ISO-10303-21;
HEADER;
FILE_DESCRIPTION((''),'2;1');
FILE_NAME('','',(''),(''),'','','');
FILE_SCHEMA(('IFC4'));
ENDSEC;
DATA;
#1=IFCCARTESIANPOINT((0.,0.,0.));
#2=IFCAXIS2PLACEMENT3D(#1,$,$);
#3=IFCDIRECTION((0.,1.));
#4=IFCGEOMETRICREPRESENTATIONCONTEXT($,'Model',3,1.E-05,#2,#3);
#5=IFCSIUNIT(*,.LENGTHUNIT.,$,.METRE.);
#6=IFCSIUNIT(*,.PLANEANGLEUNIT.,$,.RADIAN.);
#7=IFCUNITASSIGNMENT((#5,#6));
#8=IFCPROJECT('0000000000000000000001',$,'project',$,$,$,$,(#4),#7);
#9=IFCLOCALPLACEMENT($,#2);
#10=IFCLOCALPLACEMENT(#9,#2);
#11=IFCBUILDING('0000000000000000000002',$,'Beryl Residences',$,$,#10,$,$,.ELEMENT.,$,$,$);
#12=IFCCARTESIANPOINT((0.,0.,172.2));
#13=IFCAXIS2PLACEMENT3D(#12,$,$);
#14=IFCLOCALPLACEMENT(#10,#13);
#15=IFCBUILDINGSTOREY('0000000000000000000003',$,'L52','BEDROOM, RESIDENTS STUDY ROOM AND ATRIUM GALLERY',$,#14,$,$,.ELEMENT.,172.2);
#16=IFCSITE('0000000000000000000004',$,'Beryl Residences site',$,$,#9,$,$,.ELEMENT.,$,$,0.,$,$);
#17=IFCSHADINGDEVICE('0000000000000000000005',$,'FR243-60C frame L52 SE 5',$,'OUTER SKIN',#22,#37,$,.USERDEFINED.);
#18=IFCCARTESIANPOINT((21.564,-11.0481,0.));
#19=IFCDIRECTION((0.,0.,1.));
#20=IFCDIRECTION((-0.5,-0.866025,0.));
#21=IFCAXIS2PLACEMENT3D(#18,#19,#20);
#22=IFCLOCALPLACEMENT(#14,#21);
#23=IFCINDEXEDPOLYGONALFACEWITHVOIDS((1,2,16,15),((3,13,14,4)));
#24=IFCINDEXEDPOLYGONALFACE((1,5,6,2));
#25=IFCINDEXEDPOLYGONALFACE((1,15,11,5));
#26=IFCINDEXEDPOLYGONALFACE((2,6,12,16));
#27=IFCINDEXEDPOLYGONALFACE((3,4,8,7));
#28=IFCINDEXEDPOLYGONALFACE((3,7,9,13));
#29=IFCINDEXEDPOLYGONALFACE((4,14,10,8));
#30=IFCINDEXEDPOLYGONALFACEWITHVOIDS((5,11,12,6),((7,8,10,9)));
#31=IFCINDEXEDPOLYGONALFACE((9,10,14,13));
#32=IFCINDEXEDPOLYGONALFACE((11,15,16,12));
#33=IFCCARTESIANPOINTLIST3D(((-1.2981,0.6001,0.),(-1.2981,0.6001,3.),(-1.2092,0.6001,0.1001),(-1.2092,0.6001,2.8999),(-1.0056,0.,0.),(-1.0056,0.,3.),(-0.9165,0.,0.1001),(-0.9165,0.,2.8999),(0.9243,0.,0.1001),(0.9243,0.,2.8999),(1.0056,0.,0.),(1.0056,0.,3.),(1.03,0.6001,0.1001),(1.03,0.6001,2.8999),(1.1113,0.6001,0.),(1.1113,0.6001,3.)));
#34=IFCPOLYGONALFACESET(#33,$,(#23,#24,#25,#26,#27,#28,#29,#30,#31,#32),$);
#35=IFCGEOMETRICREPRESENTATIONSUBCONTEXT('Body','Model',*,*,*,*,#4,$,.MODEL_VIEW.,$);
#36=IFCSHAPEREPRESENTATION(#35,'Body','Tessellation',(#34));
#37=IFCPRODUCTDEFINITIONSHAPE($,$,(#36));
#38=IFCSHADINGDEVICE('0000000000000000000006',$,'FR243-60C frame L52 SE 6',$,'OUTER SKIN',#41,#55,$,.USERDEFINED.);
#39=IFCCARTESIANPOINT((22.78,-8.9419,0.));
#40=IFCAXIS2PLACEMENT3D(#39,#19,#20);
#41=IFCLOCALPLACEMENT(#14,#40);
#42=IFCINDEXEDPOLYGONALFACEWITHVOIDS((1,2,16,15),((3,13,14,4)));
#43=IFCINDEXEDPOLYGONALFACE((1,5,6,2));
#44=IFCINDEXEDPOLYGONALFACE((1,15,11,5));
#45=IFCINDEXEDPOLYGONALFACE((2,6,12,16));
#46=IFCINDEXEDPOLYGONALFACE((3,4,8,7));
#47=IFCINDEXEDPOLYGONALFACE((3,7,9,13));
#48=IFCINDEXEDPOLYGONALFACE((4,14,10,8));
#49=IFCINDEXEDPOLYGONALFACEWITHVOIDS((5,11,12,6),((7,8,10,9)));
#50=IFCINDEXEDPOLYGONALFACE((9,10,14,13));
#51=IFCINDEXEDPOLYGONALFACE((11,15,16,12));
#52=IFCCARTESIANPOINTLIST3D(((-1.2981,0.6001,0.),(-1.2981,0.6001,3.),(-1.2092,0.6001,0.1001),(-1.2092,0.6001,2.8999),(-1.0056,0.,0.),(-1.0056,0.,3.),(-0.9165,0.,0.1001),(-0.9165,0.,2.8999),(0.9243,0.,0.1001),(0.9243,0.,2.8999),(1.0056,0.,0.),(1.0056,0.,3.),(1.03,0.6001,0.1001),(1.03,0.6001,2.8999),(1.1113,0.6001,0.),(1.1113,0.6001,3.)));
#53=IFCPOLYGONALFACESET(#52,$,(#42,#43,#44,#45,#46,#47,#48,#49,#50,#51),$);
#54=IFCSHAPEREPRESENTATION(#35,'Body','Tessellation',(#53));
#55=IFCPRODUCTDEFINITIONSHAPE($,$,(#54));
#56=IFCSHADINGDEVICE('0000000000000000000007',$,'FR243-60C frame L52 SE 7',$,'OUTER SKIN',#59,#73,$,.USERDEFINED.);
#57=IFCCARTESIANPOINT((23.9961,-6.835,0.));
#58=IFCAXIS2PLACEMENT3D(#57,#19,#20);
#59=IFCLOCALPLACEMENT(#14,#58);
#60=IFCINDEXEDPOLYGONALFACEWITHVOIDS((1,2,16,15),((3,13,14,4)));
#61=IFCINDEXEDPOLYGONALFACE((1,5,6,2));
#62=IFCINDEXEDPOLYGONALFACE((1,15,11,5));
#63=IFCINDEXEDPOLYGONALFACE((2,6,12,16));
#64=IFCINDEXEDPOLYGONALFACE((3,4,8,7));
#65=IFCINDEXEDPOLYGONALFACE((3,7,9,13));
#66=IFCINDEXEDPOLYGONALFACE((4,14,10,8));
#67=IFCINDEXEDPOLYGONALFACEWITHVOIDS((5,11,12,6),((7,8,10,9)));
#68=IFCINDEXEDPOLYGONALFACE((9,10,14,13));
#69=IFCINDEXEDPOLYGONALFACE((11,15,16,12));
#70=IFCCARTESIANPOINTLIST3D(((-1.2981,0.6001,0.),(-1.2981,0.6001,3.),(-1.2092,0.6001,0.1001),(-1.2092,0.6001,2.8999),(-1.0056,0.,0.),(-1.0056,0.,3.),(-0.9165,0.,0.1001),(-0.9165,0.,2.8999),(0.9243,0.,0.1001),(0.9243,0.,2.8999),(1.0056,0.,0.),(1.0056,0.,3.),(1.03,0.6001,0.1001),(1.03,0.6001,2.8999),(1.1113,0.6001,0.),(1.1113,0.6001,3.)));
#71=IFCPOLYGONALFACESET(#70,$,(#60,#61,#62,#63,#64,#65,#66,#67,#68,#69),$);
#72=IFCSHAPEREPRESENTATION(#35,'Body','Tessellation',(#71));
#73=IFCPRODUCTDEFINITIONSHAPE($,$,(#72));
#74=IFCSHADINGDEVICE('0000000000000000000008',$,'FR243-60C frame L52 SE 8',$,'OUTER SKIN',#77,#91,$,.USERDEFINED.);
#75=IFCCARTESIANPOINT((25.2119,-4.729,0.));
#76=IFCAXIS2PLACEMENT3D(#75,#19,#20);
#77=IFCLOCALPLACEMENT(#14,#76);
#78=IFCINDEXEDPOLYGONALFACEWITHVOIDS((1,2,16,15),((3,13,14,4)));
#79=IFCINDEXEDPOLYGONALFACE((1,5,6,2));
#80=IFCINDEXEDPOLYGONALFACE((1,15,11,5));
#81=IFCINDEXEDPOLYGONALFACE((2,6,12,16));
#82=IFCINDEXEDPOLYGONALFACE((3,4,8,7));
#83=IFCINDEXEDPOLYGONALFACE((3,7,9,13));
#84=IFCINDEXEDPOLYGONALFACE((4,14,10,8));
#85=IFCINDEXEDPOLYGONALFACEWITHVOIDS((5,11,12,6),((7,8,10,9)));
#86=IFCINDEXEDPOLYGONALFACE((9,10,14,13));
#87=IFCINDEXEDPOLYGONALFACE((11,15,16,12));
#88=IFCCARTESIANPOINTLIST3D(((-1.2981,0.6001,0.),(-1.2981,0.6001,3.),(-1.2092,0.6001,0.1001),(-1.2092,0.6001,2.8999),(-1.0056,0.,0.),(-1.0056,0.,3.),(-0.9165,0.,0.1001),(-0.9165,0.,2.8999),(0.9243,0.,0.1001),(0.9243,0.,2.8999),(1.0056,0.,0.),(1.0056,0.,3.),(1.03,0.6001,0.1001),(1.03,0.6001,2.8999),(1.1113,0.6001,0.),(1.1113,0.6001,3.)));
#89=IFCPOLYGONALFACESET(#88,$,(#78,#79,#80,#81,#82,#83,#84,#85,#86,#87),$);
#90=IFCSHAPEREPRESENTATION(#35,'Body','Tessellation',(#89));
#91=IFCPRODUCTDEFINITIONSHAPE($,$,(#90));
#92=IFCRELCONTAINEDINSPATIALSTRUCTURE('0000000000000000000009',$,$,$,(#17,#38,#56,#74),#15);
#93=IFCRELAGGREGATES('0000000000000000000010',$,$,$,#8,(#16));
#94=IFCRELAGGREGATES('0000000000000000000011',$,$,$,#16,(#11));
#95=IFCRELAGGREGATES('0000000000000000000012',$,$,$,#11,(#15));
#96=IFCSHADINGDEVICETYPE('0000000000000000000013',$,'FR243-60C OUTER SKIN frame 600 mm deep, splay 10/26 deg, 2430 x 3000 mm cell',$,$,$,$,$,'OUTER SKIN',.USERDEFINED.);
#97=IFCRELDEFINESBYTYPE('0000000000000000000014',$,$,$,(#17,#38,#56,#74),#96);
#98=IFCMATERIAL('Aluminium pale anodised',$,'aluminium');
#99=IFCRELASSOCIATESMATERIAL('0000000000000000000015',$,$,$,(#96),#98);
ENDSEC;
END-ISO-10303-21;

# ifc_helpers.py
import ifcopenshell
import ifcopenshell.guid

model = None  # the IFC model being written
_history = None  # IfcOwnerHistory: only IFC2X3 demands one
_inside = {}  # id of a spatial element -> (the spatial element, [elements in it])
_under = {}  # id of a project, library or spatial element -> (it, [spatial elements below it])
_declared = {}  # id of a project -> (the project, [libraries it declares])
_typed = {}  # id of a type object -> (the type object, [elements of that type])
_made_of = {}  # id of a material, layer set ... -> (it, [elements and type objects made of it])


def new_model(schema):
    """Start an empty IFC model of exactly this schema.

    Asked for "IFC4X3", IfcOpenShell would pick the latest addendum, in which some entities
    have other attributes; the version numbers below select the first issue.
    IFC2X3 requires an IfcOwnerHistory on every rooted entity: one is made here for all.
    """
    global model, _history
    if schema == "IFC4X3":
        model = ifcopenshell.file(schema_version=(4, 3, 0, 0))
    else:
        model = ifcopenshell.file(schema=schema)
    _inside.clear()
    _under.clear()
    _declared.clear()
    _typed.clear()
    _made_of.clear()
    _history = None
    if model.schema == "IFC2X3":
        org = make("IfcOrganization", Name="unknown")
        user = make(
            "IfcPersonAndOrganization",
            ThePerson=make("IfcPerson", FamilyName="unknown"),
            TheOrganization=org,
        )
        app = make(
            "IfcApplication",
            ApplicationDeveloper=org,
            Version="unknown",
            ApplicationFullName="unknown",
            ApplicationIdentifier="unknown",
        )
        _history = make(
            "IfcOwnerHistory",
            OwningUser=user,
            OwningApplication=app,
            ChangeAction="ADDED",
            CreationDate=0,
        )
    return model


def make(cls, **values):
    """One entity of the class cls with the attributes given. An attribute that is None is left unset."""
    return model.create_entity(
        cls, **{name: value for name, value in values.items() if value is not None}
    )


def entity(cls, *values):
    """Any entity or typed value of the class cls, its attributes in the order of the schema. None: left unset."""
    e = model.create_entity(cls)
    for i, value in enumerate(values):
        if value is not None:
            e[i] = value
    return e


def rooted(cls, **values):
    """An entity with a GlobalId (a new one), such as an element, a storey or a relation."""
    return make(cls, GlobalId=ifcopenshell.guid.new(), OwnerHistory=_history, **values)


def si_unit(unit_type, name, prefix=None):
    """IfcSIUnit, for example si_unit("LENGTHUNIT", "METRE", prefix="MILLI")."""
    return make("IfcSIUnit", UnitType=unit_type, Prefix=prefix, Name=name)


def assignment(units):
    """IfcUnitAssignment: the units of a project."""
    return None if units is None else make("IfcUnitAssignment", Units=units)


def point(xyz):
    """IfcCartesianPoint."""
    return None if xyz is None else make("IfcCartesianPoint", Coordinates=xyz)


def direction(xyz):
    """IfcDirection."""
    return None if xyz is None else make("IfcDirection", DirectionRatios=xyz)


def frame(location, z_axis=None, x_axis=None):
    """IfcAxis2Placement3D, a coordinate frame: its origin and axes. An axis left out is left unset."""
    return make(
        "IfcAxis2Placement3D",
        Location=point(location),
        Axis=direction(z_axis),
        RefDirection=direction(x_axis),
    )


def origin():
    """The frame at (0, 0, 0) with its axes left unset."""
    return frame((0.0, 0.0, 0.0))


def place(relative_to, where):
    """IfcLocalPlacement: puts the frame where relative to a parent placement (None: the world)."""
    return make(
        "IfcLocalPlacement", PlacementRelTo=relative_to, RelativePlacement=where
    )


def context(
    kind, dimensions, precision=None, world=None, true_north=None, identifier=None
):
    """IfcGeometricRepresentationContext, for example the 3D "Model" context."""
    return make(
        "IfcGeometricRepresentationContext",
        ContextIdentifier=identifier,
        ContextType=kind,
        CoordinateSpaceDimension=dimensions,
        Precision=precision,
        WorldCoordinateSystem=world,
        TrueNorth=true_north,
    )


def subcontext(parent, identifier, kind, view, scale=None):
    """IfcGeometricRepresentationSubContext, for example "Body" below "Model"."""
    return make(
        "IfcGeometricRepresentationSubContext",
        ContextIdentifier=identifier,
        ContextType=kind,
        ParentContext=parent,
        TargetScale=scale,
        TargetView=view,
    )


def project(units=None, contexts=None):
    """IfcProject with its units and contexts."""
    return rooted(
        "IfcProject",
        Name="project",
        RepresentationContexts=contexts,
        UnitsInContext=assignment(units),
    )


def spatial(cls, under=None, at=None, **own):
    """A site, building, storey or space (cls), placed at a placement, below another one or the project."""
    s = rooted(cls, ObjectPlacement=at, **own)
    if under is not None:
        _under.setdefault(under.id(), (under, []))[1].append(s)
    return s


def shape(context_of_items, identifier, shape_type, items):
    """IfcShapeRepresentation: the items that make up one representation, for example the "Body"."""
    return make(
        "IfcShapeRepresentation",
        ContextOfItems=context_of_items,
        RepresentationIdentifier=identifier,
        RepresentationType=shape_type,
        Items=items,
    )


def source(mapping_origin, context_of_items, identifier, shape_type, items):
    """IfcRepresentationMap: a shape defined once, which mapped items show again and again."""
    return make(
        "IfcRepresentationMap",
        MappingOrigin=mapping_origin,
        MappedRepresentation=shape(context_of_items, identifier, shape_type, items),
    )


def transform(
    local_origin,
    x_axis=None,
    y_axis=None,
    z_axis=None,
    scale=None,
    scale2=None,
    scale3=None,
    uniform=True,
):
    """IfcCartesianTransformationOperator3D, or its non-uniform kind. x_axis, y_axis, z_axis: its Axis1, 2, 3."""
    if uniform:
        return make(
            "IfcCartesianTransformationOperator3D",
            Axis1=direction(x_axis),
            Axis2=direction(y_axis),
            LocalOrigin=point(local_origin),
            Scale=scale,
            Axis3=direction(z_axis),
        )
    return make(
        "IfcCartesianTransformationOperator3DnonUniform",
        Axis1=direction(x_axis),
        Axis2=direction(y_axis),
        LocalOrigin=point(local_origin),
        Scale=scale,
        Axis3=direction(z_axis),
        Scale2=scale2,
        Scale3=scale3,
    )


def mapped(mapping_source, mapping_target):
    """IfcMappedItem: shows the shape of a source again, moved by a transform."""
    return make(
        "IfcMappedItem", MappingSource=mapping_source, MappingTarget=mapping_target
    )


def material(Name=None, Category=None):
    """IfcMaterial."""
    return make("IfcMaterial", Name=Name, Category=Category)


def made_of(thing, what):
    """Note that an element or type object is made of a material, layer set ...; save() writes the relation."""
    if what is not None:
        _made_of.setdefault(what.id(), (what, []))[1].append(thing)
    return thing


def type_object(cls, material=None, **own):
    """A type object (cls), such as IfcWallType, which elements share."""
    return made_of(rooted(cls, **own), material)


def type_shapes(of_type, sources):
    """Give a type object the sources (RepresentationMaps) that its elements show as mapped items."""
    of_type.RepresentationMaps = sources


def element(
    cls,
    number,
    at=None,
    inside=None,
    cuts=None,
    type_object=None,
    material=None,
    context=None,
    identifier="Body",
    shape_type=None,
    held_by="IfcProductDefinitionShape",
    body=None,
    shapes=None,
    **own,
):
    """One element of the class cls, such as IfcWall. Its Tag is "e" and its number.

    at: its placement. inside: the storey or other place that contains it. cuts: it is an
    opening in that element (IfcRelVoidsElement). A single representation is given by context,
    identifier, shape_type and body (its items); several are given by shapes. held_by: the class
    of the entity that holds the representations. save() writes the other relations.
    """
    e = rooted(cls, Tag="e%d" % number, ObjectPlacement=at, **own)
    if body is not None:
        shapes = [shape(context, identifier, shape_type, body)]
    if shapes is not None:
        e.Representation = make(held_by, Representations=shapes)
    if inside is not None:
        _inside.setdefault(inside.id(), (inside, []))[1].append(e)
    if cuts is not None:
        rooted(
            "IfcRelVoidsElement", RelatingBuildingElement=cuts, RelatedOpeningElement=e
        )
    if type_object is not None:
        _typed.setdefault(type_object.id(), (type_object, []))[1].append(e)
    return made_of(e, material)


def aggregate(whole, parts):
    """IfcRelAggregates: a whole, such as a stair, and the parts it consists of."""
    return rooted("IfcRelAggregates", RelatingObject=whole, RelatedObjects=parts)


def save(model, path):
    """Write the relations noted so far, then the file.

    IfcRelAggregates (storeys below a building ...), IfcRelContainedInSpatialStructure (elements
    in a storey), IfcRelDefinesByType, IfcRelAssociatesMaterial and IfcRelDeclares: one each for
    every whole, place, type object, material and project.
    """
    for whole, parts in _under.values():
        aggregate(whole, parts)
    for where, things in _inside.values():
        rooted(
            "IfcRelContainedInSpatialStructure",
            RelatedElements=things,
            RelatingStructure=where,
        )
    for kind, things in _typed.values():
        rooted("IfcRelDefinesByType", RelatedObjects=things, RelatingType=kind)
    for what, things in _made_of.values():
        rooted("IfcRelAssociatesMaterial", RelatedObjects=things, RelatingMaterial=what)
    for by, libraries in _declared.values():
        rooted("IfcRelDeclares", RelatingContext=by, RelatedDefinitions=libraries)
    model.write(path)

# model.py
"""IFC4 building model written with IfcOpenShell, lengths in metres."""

from ifc_helpers import new_model, entity, si_unit, direction, frame, origin, place, context, subcontext, project, spatial, source, transform, mapped, material, type_object, type_shapes, element, save


model = new_model("IFC4")

# Units and contexts
model_context = context("Model", 3, precision=1e-05, world=origin(), true_north=direction((0.0, 1.0)))
body_context = subcontext(model_context, "Body", "Model", "MODEL_VIEW")
ifc_project = project(units=[si_unit("LENGTHUNIT", "METRE"), si_unit("PLANEANGLEUNIT", "RADIAN")], contexts=[model_context])

# Site, building, storey
site_placement = place(None, origin())
site = spatial("IfcSite", under=ifc_project, at=site_placement, Name="Beryl Residences site", CompositionType="ELEMENT", RefElevation=0.0)
building_placement = place(site_placement, origin())
building = spatial("IfcBuilding", under=site, at=building_placement, Name="Beryl Residences", CompositionType="ELEMENT")
storey_placement = place(building_placement, frame((0.0, 0.0, 172.2)))
storey = spatial("IfcBuildingStorey", under=building, at=storey_placement, Name="L52", Description="BEDROOM, RESIDENTS STUDY ROOM AND ATRIUM GALLERY", CompositionType="ELEMENT", Elevation=172.2)

# Shading devices
ifc_material_1 = material(Name="Aluminium pale anodised", Category="aluminium")
shading_device_type = type_object("IfcShadingDeviceType", Name="FR243-60C OUTER SKIN frame 600 mm deep, splay 10/26 deg, 2430 x 3000 mm cell", ElementType="OUTER SKIN", PredefinedType="USERDEFINED", material=ifc_material_1)
cartesian_point_1 = entity("IfcCartesianPoint", [-1.0056, 0.0])
cartesian_point_2 = entity("IfcCartesianPoint", [-0.9243, 0.1001])
cartesian_point_3 = entity("IfcCartesianPoint", [-1.1113, 0.0])
cartesian_point_4 = entity("IfcCartesianPoint", [-1.03, 0.1001])
shared_shape_1 = source(origin(), body_context, "Body", "SweptSolid", [
    entity("IfcExtrudedAreaSolidTapered", entity("IfcArbitraryProfileDefWithVoids", "AREA", None, entity("IfcPolyline", [cartesian_point_1, entity("IfcCartesianPoint", [1.0056, 0.0]), entity("IfcCartesianPoint", [1.0056, 3.0]), entity("IfcCartesianPoint", [-1.0056, 3.0]), cartesian_point_1]), [entity("IfcPolyline", [cartesian_point_2, entity("IfcCartesianPoint", [0.9165, 0.1001]), entity("IfcCartesianPoint", [0.9165, 2.8999]), entity("IfcCartesianPoint", [-0.9243, 2.8999]), cartesian_point_2])]), entity("IfcAxis2Placement3D", entity("IfcCartesianPoint", [0.0, 0.0, 0.0]), entity("IfcDirection", [0.0, 1.0, 0.0]), entity("IfcDirection", [-1.0, 0.0, 0.0])), entity("IfcDirection", [0.0, 0.0, 1.0]), 0.6001, entity("IfcArbitraryProfileDefWithVoids", "AREA", None, entity("IfcPolyline", [cartesian_point_3, entity("IfcCartesianPoint", [1.2981, 0.0]), entity("IfcCartesianPoint", [1.2981, 3.0]), entity("IfcCartesianPoint", [-1.1113, 3.0]), cartesian_point_3]), [entity("IfcPolyline", [cartesian_point_4, entity("IfcCartesianPoint", [1.2092, 0.1001]), entity("IfcCartesianPoint", [1.2092, 2.8999]), entity("IfcCartesianPoint", [-1.03, 2.8999]), cartesian_point_4])])),
])
type_shapes(shading_device_type, [shared_shape_1])
for number, where, z_axis, x_axis, name in (
    (1, (21.564, -11.0481, 0.0), (0.0, 0.0, 1.0), (-0.5, -0.866025, 0.0), "FR243-60C frame L52 SE 5"),
    (2, (22.78, -8.9419, 0.0), (0.0, 0.0, 1.0), (-0.5, -0.866025, 0.0), "FR243-60C frame L52 SE 6"),
    (3, (23.9961, -6.835, 0.0), (0.0, 0.0, 1.0), (-0.5, -0.866025, 0.0), "FR243-60C frame L52 SE 7"),
    (4, (25.2119, -4.729, 0.0), (0.0, 0.0, 1.0), (-0.5, -0.866025, 0.0), "FR243-60C frame L52 SE 8"),
):
    element("IfcShadingDevice", number, at=place(storey_placement, frame(where, z_axis=z_axis, x_axis=x_axis)), inside=storey, type_object=shading_device_type, Name=name, ObjectType="OUTER SKIN", PredefinedType="USERDEFINED", context=body_context, shape_type="MappedRepresentation", body=[
        mapped(shared_shape_1, transform((0.0, 0.0, 0.0))),
    ])

save(model, "model.ifc")
